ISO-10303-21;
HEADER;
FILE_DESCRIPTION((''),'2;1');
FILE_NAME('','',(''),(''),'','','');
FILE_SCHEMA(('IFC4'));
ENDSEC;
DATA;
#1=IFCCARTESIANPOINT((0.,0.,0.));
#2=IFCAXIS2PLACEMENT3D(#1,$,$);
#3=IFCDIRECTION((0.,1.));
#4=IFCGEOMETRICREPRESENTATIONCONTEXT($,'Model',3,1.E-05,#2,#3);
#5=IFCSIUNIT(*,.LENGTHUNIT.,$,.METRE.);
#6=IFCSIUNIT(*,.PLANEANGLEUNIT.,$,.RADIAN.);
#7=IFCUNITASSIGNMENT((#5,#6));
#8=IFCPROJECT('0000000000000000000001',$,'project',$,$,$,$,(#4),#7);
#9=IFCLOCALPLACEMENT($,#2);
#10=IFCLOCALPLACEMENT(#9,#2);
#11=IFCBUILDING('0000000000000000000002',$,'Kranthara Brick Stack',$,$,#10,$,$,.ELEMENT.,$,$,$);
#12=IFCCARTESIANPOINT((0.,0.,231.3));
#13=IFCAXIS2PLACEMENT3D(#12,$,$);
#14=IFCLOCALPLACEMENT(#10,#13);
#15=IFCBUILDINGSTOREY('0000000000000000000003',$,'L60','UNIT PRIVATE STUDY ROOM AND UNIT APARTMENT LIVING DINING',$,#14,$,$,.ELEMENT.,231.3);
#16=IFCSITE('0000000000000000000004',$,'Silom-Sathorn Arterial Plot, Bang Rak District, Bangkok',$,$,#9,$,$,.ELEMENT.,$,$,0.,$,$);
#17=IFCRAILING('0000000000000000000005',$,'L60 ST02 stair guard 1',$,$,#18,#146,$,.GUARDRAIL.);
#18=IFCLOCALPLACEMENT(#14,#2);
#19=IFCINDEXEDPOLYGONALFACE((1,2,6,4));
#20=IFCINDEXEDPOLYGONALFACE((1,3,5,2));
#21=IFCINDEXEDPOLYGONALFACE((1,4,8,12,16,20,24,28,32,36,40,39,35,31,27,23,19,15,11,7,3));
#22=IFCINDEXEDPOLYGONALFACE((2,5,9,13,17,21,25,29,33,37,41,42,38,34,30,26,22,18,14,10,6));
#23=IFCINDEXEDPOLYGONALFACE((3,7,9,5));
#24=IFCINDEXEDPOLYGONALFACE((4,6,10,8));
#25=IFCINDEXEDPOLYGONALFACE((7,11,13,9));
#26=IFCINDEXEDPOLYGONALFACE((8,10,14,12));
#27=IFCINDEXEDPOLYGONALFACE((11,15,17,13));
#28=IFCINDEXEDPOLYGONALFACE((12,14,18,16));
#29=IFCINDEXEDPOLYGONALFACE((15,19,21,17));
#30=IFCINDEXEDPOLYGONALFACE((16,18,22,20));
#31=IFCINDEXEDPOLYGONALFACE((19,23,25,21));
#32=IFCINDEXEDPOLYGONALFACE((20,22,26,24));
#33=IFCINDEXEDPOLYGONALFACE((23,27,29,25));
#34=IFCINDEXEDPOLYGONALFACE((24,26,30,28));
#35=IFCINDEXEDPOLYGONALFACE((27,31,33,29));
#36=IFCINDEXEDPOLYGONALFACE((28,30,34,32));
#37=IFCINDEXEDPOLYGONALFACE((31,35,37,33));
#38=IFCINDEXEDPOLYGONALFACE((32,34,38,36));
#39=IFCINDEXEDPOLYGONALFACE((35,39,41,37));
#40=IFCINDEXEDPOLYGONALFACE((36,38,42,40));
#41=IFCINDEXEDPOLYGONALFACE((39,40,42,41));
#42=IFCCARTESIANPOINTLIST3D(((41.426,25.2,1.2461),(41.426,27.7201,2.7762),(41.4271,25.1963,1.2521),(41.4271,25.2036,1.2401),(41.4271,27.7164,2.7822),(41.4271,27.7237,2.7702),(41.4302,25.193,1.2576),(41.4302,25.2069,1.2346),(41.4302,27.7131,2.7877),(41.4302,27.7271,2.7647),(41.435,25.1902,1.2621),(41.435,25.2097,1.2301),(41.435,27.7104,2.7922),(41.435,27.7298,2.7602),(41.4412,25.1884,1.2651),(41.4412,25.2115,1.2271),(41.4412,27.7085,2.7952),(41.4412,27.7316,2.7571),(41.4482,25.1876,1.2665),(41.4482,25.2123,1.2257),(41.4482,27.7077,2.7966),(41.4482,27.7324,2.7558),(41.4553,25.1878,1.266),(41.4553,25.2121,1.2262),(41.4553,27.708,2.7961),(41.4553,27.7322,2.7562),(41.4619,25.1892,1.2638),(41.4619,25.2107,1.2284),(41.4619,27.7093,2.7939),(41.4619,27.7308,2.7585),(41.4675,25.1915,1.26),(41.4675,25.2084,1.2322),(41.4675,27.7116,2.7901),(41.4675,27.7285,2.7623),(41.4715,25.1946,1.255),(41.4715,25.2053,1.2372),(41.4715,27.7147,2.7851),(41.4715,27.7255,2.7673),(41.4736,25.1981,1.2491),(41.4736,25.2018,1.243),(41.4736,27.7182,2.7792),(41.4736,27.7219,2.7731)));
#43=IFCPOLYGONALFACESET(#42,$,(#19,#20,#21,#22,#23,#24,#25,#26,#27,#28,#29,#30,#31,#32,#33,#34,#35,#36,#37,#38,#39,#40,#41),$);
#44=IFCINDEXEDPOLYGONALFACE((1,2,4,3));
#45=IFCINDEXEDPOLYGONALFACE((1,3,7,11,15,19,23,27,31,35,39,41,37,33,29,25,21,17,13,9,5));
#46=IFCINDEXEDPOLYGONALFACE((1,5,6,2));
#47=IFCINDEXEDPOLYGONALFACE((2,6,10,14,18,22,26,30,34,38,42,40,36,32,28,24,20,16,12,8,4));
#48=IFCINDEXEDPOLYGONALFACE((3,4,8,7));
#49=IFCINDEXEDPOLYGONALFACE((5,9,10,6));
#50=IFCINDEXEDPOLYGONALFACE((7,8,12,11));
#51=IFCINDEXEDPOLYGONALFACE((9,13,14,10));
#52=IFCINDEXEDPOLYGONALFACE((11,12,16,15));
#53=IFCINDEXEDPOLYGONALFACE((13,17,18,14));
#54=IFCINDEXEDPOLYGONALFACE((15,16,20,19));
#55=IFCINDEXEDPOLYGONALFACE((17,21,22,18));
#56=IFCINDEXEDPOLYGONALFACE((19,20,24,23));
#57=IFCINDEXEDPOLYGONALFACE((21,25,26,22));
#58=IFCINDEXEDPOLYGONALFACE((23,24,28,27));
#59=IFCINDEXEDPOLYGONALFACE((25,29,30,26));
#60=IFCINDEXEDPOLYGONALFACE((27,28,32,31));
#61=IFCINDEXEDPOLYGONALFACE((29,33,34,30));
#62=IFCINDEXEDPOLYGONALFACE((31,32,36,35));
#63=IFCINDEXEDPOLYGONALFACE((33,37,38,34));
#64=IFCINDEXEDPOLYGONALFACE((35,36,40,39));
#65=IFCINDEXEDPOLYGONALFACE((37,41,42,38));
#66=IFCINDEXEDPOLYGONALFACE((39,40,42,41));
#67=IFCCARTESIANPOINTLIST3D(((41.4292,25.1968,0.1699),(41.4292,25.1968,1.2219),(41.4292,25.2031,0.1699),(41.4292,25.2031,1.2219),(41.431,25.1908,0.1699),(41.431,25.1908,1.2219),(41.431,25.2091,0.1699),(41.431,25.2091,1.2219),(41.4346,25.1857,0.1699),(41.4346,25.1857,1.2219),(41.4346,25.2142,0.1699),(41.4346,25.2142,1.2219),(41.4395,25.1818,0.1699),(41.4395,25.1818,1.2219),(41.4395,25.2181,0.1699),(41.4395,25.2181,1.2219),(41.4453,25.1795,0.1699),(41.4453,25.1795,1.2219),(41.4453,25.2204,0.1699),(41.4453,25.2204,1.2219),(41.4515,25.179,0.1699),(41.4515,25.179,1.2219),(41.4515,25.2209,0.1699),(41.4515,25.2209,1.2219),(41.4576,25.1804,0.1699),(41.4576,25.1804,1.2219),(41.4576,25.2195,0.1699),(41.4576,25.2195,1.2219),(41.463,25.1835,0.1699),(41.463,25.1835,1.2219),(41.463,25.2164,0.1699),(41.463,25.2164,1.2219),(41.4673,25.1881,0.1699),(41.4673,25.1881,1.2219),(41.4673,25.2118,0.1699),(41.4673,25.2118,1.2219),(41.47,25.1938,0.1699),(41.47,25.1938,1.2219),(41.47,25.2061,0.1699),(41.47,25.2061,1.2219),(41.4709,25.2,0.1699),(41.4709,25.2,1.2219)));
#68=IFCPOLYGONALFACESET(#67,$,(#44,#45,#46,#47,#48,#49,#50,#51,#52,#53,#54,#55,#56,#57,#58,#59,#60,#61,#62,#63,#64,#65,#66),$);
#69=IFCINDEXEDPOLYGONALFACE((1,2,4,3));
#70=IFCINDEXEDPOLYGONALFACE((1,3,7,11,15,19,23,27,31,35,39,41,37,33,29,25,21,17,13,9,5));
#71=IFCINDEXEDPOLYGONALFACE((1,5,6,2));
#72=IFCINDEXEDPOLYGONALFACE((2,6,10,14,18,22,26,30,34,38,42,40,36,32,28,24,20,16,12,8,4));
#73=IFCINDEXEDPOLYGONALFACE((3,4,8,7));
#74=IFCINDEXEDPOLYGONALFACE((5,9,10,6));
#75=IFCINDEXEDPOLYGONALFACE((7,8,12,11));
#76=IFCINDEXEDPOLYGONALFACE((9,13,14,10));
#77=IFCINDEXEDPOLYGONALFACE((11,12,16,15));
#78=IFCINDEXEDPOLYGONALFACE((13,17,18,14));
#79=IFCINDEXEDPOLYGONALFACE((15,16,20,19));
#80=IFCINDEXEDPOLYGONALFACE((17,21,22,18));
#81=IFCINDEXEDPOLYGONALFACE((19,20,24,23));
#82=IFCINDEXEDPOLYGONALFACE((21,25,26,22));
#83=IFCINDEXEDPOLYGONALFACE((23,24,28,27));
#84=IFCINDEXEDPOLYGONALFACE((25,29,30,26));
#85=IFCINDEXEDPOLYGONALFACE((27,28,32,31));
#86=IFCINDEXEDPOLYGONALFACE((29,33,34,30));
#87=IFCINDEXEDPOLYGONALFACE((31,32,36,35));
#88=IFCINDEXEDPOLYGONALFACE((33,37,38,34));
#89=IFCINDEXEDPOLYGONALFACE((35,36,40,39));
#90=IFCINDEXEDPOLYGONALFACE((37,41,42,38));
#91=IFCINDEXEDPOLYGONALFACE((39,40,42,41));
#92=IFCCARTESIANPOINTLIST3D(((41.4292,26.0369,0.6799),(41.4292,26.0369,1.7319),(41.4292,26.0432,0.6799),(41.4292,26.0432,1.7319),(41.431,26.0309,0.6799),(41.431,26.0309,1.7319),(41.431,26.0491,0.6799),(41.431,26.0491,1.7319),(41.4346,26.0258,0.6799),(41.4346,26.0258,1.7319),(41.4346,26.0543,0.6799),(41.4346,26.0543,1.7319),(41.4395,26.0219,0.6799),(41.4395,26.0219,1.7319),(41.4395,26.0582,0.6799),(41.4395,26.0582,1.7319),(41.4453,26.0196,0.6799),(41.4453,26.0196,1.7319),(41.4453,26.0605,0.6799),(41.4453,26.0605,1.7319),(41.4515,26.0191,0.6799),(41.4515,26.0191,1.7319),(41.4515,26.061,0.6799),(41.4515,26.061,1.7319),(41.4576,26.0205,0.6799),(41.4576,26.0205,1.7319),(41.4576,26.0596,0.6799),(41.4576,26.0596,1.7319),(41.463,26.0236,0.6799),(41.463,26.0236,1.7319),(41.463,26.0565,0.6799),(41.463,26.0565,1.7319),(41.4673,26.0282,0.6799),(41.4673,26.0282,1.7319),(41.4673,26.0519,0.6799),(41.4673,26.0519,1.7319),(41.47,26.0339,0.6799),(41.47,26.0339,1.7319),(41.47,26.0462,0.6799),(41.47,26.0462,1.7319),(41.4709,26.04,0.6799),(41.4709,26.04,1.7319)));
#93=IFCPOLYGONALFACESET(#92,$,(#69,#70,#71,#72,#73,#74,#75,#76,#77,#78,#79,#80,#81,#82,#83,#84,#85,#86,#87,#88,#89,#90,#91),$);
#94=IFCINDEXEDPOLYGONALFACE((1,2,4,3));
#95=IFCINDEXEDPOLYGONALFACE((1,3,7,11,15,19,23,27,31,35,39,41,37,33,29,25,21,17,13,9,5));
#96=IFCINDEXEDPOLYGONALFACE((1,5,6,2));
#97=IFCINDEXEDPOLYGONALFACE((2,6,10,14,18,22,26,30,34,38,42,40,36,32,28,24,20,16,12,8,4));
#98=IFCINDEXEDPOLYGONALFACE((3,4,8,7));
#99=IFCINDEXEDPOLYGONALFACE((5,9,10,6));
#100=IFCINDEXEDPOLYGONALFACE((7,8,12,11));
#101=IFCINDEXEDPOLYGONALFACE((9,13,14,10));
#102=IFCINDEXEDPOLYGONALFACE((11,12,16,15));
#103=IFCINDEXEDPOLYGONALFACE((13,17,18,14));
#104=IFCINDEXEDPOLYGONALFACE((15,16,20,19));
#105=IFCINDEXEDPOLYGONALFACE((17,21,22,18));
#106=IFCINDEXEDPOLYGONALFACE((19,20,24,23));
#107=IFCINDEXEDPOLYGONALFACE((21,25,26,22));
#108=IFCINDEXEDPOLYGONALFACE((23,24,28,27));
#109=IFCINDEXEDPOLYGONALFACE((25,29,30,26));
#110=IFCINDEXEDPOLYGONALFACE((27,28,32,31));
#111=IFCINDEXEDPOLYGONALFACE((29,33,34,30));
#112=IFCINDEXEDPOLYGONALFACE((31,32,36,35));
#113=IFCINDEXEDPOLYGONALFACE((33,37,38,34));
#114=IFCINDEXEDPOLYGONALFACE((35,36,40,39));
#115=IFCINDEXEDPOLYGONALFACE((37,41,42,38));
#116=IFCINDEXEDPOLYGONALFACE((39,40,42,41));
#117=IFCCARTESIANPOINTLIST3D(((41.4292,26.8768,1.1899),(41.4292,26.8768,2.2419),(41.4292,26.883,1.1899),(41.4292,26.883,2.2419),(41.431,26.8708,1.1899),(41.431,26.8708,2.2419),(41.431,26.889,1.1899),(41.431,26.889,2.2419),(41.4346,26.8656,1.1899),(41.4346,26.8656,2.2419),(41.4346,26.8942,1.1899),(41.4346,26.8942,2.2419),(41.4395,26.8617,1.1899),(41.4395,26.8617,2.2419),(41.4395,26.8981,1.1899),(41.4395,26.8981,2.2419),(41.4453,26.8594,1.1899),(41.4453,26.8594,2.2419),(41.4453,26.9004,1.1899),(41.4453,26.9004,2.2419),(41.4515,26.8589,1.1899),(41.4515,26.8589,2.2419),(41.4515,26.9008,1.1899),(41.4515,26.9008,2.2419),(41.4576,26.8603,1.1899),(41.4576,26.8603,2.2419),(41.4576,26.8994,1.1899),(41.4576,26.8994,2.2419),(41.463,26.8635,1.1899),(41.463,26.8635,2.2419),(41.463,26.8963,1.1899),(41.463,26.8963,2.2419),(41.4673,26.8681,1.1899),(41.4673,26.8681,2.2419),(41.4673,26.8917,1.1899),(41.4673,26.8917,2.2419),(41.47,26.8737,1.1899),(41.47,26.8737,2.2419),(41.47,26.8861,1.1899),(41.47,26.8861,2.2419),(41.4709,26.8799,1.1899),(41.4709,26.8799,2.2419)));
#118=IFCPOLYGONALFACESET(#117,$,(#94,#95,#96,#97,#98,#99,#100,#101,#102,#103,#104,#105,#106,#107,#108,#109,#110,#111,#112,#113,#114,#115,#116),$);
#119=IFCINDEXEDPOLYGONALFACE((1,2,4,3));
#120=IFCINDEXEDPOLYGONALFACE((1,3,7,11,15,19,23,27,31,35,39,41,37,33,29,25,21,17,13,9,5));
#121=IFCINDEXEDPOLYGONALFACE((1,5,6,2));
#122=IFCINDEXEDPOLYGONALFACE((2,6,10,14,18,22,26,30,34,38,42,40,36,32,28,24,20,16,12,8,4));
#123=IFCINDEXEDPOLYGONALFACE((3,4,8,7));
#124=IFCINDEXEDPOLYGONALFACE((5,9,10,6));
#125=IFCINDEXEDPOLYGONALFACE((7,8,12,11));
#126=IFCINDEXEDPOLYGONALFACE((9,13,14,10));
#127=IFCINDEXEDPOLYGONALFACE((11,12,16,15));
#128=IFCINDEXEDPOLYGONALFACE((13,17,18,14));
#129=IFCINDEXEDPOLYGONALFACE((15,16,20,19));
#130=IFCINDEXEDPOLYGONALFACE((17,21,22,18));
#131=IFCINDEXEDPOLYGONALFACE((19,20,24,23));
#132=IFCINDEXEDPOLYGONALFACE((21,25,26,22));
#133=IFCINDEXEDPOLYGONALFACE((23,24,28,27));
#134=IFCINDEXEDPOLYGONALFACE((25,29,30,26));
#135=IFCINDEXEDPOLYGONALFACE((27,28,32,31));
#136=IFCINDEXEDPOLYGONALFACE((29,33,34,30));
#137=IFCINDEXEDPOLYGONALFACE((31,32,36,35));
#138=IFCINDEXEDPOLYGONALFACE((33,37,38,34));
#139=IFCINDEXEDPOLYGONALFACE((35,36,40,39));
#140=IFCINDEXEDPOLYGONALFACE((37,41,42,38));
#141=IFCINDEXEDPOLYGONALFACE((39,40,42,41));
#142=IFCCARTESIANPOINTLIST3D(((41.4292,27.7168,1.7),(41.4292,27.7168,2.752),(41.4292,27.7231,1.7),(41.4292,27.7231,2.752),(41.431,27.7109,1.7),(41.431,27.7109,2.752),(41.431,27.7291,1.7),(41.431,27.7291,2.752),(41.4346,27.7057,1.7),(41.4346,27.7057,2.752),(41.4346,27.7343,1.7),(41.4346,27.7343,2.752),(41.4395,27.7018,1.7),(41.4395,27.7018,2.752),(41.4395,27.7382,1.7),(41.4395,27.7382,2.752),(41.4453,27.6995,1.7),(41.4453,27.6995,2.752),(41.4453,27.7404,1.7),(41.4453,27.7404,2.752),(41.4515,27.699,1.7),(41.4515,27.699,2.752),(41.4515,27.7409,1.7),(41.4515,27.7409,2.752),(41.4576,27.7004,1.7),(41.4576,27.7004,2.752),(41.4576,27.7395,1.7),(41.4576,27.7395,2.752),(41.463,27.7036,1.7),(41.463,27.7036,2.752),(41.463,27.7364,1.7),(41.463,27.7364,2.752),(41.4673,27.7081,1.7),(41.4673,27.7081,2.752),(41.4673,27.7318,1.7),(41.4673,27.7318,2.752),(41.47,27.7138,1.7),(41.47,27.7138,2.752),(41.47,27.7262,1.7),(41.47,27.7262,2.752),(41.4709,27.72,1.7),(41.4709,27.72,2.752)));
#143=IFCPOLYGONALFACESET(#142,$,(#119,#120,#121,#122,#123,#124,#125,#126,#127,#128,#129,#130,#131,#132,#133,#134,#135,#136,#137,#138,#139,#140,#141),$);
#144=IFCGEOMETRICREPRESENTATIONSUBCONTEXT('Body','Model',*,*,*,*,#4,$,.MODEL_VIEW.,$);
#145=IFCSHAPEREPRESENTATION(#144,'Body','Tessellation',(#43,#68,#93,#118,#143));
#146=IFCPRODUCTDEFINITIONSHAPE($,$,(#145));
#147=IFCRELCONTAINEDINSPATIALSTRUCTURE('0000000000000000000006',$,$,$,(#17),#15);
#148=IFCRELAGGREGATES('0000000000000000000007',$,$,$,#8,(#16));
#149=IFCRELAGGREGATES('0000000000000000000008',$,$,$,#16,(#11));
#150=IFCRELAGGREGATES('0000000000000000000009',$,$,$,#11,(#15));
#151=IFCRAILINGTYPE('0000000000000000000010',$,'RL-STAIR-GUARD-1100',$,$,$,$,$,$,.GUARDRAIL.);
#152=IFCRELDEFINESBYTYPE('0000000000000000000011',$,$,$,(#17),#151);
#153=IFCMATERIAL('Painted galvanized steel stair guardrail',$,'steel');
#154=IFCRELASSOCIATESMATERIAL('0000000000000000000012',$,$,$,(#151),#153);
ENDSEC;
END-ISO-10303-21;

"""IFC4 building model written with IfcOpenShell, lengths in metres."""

from ifc_helpers import new_model, si_unit, direction, frame, origin, origin_2d, place, context, subcontext, project, spatial, circle, extrude, material, type_object, element, save


model = new_model("IFC4")

# Units and contexts
model_context = context("Model", 3, precision=1e-05, world=origin(), true_north=direction((0.0, 1.0)))
body_context = subcontext(model_context, "Body", "Model", "MODEL_VIEW")
ifc_project = project(units=[si_unit("LENGTHUNIT", "METRE"), si_unit("PLANEANGLEUNIT", "RADIAN")], contexts=[model_context])

# Site, building, storey
site_placement = place(None, origin())
site = spatial("IfcSite", under=ifc_project, at=site_placement, Name="Silom-Sathorn Arterial Plot, Bang Rak District, Bangkok", CompositionType="ELEMENT", RefElevation=0.0)
building_placement = place(site_placement, origin())
building = spatial("IfcBuilding", under=site, at=building_placement, Name="Kranthara Brick Stack", CompositionType="ELEMENT")
storey_placement = place(building_placement, frame((0.0, 0.0, 231.3)))
storey = spatial("IfcBuildingStorey", under=building, at=storey_placement, Name="L60", Description="UNIT PRIVATE STUDY ROOM AND UNIT APARTMENT LIVING DINING", CompositionType="ELEMENT", Elevation=231.3)

# Railing
ifc_material_1 = material(Name="Painted galvanized steel stair guardrail", Category="steel")
railing_type_1 = type_object("IfcRailingType", Name="RL-STAIR-GUARD-1100", PredefinedType="GUARDRAIL", material=ifc_material_1)
railing_1_placement = place(storey_placement, frame((41.45, 25.2, 0.1699)))
element("IfcRailing", 1, at=railing_1_placement, inside=storey, type_object=railing_type_1, Name="L60 ST02 stair guard 1", PredefinedType="GUARDRAIL", context=body_context, shape_type="SweptSolid", body=[
    extrude(circle(Radius=0.0239, at=origin_2d()), frame((0.0, 0.0, 1.0762), z_axis=(0.0, 0.854785, 0.518982), x_axis=(-1.0, 0.0, 0.0)), (0.0, 0.0, 1.0), 2.9482),
    extrude(circle(Radius=0.021, at=origin_2d()), origin(), (0.0, 0.0, 1.0), 1.052),
    extrude(circle(Radius=0.021, at=origin_2d()), frame((0.0, 0.8401, 0.51)), (0.0, 0.0, 1.0), 1.052),
    extrude(circle(Radius=0.021, at=origin_2d()), frame((0.0, 1.6799, 1.02)), (0.0, 0.0, 1.0), 1.052),
    extrude(circle(Radius=0.021, at=origin_2d()), frame((0.0, 2.52, 1.53)), (0.0, 0.0, 1.0), 1.052),
])

save(model, "model.ifc")
